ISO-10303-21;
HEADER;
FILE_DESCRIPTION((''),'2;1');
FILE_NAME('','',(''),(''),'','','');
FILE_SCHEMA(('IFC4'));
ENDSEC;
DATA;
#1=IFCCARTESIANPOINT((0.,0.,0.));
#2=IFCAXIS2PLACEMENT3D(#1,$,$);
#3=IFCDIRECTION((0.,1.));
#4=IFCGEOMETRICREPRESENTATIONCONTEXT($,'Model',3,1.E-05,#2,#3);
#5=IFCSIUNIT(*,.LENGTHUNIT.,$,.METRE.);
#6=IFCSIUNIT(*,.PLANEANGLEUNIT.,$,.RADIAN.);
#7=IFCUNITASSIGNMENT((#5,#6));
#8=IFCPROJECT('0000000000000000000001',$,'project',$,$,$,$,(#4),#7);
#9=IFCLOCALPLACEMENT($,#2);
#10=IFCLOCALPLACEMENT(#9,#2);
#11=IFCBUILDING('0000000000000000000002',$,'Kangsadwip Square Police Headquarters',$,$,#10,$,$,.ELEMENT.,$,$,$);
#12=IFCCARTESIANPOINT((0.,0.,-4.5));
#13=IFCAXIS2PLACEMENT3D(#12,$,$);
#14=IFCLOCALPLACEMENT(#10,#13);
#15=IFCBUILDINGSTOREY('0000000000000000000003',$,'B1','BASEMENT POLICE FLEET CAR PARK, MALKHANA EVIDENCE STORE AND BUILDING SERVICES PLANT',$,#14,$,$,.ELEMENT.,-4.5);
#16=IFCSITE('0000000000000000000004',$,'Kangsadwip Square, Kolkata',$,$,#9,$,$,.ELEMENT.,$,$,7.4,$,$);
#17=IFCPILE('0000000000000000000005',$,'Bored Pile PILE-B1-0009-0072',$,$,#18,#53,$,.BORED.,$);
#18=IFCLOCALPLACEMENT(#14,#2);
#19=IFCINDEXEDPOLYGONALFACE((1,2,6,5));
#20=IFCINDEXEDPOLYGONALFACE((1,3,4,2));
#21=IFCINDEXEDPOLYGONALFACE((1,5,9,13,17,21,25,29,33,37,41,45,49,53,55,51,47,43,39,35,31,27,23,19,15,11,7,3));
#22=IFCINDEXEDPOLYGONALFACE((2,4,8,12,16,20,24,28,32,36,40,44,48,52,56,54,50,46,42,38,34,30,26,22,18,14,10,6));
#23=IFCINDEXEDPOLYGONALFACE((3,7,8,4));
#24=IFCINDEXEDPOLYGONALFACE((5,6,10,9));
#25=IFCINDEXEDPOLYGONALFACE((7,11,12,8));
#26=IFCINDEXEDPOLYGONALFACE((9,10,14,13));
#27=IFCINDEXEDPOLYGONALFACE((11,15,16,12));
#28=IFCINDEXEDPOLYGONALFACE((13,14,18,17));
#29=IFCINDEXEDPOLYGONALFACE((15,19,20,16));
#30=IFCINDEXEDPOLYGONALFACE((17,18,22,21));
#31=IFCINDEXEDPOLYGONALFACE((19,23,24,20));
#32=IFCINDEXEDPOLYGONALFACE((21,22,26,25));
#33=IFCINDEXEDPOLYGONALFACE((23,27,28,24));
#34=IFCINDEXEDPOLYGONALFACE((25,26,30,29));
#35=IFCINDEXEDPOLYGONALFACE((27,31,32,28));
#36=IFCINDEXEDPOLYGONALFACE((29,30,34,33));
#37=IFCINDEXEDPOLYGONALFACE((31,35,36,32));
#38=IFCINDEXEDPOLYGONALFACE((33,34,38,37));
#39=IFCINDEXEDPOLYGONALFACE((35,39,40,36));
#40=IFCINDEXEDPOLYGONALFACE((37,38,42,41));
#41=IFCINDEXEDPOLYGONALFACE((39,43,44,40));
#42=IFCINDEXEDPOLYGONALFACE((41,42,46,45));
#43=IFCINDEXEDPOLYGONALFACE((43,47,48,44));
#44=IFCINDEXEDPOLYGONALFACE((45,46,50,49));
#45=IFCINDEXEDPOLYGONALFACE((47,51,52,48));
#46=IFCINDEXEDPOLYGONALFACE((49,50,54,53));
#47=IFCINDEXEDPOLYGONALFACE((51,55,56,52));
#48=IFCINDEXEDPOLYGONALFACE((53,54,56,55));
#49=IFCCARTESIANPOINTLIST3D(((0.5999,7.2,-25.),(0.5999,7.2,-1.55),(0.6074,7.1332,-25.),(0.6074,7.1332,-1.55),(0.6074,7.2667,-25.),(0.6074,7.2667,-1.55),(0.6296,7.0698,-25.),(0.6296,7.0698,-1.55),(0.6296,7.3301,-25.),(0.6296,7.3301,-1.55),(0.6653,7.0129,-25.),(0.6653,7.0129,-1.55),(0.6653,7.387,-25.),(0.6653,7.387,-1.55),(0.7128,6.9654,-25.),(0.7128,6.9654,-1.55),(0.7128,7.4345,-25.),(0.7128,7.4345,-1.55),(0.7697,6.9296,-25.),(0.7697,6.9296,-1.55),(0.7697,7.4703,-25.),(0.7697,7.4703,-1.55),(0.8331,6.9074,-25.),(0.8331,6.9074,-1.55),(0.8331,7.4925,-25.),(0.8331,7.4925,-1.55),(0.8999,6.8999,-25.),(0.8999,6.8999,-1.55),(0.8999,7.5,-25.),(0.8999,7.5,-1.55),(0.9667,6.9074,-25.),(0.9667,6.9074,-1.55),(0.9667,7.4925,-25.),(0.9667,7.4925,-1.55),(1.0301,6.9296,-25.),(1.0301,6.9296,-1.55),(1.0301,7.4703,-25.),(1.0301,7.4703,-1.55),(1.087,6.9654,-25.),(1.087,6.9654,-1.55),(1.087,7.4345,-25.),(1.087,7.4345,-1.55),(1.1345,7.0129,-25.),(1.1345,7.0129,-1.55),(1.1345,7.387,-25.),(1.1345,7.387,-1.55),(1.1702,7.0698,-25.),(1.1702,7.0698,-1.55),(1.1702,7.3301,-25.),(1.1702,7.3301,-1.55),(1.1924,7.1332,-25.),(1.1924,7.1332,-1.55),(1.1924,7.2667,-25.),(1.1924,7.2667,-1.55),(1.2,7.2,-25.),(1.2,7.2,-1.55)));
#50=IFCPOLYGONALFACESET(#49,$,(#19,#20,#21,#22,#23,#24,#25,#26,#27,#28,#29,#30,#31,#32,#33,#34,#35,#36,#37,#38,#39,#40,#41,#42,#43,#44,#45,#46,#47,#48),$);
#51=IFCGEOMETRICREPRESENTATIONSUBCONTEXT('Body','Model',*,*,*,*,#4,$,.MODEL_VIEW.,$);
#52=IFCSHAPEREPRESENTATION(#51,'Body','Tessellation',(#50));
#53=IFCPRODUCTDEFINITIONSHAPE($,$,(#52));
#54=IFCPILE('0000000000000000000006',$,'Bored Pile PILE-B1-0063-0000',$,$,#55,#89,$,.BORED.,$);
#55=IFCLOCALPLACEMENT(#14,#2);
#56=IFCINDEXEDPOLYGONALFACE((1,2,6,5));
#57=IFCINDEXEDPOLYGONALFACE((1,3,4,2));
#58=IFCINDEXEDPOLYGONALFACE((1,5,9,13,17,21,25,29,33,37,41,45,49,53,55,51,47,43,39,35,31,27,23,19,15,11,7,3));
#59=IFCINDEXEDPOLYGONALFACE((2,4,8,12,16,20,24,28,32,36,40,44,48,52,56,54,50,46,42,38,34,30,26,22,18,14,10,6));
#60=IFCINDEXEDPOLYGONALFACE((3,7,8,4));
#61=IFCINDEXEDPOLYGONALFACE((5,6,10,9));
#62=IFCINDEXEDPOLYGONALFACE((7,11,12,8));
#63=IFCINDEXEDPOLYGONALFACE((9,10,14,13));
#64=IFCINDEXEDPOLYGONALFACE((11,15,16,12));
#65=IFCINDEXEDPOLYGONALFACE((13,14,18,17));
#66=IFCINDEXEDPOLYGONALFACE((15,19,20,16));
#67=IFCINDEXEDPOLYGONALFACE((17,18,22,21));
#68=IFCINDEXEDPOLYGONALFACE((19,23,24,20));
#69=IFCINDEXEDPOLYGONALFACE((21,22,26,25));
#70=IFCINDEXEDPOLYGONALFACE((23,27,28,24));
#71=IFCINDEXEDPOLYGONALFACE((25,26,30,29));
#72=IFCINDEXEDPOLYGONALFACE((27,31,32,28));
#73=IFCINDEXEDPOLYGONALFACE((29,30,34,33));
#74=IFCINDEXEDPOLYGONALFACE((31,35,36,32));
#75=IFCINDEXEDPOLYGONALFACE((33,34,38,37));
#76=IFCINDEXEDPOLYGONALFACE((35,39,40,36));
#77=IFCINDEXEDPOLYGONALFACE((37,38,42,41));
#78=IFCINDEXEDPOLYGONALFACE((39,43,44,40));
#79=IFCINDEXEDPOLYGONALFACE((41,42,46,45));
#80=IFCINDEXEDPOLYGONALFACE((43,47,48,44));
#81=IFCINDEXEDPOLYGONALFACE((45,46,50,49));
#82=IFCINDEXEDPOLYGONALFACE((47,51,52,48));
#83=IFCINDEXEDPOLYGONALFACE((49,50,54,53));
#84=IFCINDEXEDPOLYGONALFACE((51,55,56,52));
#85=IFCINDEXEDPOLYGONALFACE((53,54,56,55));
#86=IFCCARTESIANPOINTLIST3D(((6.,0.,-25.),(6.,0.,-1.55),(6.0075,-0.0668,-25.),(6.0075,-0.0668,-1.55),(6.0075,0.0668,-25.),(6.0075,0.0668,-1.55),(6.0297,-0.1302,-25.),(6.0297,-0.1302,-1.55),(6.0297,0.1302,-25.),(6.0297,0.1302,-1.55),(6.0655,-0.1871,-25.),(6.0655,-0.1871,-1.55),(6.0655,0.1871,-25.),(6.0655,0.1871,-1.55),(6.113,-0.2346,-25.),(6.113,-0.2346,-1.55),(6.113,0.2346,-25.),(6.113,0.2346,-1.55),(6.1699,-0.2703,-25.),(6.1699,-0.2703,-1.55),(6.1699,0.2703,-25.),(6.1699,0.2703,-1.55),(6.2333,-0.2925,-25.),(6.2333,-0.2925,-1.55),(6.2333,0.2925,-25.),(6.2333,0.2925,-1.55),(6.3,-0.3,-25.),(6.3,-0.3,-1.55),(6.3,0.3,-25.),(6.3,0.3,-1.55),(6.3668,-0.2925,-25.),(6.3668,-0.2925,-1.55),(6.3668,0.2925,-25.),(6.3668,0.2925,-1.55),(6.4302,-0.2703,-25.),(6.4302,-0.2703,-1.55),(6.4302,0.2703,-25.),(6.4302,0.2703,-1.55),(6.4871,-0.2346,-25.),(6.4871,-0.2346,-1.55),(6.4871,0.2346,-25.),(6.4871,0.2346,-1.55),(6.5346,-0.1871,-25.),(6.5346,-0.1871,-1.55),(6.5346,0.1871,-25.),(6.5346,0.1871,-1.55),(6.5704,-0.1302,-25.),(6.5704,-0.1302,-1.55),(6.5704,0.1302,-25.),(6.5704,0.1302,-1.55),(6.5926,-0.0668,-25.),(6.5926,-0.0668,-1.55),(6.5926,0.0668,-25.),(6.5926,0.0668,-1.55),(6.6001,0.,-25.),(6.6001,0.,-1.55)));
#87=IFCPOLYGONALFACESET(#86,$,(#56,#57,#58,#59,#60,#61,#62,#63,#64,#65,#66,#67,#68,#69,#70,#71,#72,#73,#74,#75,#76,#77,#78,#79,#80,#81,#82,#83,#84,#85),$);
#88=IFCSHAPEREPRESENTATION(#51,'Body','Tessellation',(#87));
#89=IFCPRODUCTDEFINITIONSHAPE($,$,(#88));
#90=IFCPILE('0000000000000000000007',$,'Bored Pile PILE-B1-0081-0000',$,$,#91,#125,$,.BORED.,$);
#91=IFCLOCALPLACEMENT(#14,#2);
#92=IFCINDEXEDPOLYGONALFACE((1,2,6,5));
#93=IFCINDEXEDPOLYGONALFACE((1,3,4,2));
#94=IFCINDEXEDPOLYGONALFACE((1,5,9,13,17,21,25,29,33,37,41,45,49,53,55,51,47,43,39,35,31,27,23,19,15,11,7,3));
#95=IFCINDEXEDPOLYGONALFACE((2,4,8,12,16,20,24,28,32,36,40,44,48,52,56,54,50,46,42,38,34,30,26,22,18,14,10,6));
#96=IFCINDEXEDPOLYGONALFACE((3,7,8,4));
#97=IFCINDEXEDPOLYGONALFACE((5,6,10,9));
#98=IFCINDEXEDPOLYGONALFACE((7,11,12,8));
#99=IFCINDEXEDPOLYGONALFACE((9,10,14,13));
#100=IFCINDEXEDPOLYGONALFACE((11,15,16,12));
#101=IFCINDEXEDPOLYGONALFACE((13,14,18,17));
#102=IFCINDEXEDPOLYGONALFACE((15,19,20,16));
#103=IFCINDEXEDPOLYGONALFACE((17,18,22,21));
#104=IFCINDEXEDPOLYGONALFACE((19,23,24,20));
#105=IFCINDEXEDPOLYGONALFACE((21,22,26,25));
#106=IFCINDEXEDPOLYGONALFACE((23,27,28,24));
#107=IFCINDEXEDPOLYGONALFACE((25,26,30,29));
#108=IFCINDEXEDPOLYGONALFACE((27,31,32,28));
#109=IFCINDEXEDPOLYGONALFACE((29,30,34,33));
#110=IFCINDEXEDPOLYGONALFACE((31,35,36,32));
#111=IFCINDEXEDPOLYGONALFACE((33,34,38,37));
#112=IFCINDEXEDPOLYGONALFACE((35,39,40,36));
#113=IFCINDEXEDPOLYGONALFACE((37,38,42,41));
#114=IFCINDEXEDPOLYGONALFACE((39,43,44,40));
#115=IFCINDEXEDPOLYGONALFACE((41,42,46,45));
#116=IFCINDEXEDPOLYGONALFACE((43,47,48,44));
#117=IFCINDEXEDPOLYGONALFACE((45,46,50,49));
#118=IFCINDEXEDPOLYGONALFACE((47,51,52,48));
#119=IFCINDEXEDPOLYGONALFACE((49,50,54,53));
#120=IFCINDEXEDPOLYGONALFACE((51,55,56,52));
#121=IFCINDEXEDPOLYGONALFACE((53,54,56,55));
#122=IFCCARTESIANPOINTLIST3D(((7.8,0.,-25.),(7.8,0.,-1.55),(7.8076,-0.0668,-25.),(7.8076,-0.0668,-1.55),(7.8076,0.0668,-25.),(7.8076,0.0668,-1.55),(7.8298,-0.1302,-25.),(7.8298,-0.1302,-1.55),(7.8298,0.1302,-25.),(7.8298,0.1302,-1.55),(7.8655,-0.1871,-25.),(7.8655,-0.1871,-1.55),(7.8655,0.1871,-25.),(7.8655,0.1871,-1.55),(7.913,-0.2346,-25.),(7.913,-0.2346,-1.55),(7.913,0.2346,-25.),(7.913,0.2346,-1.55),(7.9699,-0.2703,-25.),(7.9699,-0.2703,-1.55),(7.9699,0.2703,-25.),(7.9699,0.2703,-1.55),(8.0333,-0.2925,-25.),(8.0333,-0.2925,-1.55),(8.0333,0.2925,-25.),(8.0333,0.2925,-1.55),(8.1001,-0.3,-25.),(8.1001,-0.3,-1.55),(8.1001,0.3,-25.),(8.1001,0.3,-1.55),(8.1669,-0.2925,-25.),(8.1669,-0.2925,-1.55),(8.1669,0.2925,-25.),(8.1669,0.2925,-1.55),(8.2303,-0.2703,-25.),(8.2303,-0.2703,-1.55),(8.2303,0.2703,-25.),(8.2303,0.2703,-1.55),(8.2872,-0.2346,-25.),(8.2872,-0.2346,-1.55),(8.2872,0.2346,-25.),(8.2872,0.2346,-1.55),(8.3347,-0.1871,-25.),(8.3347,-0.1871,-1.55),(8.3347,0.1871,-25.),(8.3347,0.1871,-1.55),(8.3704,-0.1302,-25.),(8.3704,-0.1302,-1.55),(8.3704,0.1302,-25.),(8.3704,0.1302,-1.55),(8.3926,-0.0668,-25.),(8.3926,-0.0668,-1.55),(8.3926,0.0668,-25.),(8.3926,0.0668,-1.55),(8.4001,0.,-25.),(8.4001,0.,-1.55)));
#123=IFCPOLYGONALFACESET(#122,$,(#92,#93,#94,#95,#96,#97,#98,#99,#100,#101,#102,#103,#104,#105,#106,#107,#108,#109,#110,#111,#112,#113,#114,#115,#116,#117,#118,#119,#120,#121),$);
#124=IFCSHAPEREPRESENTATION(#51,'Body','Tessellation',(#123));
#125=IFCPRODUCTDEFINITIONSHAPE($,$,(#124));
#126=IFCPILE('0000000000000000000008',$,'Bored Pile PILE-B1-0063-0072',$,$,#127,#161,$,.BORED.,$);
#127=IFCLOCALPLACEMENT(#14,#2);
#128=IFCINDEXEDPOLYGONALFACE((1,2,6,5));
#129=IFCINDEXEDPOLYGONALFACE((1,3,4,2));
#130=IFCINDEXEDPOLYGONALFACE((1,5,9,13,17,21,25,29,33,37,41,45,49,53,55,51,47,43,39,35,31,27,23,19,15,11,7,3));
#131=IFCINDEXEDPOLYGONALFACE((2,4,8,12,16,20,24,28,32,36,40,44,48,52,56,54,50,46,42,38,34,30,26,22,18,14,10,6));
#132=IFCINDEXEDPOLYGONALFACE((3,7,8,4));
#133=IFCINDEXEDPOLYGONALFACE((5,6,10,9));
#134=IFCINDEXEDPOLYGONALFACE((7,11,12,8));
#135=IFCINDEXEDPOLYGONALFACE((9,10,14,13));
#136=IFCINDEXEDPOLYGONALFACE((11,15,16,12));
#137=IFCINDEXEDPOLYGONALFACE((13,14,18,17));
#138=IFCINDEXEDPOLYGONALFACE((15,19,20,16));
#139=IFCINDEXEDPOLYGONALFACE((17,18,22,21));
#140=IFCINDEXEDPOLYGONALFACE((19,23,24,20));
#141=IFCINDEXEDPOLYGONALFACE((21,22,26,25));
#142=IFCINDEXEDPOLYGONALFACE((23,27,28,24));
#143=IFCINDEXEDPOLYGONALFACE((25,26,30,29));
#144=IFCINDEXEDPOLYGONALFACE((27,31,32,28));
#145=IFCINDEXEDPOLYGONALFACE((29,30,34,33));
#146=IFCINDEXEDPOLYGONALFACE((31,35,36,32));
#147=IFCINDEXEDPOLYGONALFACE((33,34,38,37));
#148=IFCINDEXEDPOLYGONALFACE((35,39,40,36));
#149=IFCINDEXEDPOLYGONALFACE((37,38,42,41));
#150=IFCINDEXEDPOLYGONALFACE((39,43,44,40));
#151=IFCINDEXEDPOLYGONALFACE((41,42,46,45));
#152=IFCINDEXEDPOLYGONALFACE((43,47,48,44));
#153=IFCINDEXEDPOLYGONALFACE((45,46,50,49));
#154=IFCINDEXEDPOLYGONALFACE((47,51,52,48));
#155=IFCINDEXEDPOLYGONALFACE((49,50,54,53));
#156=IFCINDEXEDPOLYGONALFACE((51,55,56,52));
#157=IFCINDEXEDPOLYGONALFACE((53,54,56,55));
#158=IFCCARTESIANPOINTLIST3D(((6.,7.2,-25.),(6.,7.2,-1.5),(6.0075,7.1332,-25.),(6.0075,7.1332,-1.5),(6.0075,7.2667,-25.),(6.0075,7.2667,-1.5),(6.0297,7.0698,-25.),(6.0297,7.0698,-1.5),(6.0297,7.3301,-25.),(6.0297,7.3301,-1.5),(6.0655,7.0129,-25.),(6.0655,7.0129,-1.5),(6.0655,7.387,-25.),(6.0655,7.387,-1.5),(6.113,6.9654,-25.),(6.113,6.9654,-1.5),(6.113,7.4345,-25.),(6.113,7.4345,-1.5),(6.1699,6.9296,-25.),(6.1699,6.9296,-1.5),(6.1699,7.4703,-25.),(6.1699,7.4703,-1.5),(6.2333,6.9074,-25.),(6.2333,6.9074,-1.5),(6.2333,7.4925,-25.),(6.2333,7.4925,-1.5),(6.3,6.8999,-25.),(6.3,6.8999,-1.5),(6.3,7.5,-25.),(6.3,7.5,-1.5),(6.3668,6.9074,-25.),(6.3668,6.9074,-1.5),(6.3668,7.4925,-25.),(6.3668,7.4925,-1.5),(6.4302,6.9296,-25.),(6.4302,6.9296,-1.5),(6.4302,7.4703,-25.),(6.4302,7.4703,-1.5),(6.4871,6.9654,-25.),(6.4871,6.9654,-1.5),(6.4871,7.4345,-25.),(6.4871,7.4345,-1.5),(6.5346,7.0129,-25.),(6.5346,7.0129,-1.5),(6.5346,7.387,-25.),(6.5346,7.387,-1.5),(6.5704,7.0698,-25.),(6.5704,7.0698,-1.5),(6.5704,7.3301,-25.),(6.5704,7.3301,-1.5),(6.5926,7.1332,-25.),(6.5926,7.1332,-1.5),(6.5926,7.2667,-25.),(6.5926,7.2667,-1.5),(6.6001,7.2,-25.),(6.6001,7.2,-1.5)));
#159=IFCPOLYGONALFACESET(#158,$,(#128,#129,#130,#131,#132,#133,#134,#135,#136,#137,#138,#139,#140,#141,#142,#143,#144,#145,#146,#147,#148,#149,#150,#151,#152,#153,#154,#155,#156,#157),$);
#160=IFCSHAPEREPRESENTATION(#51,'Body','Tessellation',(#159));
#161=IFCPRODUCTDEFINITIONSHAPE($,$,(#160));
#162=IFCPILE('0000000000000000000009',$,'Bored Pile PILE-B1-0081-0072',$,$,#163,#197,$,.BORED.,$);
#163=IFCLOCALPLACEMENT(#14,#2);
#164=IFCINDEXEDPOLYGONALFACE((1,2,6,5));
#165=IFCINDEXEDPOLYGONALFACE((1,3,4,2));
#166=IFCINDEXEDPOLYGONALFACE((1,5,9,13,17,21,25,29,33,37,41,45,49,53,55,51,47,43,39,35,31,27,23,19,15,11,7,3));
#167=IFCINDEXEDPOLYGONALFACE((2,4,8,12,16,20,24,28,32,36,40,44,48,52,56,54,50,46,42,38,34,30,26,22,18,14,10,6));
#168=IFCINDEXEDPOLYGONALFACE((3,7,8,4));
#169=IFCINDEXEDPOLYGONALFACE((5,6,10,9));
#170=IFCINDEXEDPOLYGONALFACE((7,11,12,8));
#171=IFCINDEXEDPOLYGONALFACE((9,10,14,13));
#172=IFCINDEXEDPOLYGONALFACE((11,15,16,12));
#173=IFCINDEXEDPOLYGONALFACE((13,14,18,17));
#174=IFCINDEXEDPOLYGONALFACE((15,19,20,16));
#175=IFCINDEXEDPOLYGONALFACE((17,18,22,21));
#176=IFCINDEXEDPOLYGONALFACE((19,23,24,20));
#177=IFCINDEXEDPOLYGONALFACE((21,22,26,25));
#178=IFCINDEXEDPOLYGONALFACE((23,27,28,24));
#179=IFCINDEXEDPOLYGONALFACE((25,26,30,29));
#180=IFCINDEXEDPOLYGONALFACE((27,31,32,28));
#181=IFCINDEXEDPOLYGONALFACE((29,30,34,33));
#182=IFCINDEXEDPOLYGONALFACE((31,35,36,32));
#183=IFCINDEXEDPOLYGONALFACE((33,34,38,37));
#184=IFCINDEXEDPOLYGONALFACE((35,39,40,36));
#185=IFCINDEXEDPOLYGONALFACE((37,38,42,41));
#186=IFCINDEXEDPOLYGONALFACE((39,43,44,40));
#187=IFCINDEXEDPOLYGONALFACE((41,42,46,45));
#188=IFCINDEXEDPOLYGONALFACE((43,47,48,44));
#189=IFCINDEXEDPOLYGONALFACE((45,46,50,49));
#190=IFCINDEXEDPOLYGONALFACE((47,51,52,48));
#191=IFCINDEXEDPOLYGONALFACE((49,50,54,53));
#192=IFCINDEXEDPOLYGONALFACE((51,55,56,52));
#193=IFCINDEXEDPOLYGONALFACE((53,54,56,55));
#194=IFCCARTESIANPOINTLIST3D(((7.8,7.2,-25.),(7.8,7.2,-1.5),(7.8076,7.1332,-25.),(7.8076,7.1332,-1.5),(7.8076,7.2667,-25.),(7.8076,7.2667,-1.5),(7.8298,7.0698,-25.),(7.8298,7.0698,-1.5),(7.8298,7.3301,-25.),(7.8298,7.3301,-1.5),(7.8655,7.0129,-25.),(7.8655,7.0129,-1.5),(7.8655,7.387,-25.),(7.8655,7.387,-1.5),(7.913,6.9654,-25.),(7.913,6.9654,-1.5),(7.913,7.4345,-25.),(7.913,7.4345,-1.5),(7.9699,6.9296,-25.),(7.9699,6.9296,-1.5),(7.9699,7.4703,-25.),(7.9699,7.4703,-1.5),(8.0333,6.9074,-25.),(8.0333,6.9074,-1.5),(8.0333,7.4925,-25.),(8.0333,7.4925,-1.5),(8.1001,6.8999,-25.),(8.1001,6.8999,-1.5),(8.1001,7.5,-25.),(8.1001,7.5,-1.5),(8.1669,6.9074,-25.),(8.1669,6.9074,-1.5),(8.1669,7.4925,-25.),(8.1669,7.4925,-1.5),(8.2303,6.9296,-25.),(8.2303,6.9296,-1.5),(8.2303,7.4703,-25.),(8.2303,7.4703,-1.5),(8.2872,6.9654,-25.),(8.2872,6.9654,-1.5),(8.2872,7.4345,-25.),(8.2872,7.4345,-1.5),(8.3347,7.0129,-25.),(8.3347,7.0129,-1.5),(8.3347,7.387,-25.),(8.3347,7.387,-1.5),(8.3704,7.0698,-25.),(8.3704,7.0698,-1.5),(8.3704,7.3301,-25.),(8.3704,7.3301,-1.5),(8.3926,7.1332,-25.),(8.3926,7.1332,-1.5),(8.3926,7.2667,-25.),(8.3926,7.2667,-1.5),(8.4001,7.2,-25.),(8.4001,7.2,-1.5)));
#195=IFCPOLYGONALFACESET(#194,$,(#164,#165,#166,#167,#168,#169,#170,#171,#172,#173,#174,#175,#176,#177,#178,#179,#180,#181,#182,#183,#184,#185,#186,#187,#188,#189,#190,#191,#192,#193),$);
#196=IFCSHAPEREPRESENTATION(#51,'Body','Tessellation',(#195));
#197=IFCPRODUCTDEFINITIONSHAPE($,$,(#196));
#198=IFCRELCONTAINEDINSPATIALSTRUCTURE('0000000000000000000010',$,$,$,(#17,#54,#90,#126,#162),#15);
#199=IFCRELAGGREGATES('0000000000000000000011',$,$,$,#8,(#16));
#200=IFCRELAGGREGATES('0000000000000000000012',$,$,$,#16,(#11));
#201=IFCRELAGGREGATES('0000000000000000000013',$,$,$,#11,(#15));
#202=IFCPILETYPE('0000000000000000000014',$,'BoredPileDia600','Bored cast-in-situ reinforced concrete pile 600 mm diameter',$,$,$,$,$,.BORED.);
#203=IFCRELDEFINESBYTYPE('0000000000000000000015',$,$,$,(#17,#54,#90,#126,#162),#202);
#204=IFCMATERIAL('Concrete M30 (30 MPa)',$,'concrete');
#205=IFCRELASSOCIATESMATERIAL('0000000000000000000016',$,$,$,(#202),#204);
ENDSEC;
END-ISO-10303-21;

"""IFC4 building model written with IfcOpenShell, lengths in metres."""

from ifc_helpers import new_model, si_unit, direction, frame, origin, origin_2d, place, context, subcontext, project, spatial, circle, extrude, material, material_profile, profile_set, type_object, element, save


model = new_model("IFC4")

# Units and contexts
model_context = context("Model", 3, precision=1e-05, world=origin(), true_north=direction((0.0, 1.0)))
body_context = subcontext(model_context, "Body", "Model", "MODEL_VIEW")
ifc_project = project(units=[si_unit("LENGTHUNIT", "METRE"), si_unit("PLANEANGLEUNIT", "RADIAN")], contexts=[model_context])

# Site, building, storey
site_placement = place(None, origin())
site = spatial("IfcSite", under=ifc_project, at=site_placement, Name="Kangsadwip Square, Kolkata", CompositionType="ELEMENT", RefElevation=7.4)
building_placement = place(site_placement, origin())
building = spatial("IfcBuilding", under=site, at=building_placement, Name="Kangsadwip Square Police Headquarters", CompositionType="ELEMENT")
storey_placement = place(building_placement, frame((0.0, 0.0, -4.5)))
storey = spatial("IfcBuildingStorey", under=building, at=storey_placement, Name="B1", Description="BASEMENT POLICE FLEET CAR PARK, MALKHANA EVIDENCE STORE AND BUILDING SERVICES PLANT", CompositionType="ELEMENT", Elevation=-4.5)

# Piles
ifc_material_1 = material(Name="Concrete M30 (30 MPa)", Category="concrete")
ifc_material_profile_1 = material_profile(ifc_material_1, circle(Radius=0.3, at=origin_2d()), Name="PILE DIA 600")
ifc_profile_set_1 = profile_set([ifc_material_profile_1], Name="Concrete M30 (30 MPa)")
pile_type = type_object("IfcPileType", Name="BoredPileDia600", Description="Bored cast-in-situ reinforced concrete pile 600 mm diameter", PredefinedType="BORED", material=ifc_profile_set_1)
for number, where, z_axis, x_axis, name in (
    (1, (0.8999, 7.2, -1.55), (0.0, 0.0, -1.0), (1.0, 0.0, 0.0), "Bored Pile PILE-B1-0009-0072"),
    (2, (6.3, 0.0, -1.55), (0.0, 0.0, -1.0), (1.0, 0.0, 0.0), "Bored Pile PILE-B1-0063-0000"),
    (3, (8.1001, 0.0, -1.55), (0.0, 0.0, -1.0), (1.0, 0.0, 0.0), "Bored Pile PILE-B1-0081-0000"),
):
    element("IfcPile", number, at=place(storey_placement, frame(where, z_axis=z_axis, x_axis=x_axis)), inside=storey, type_object=pile_type, Name=name, PredefinedType="BORED", context=body_context, shape_type="SweptSolid", body=[
        extrude(circle(Radius=0.3, at=origin_2d()), origin(), (0.0, 0.0, 1.0), 23.45),
    ])
for number, where, z_axis, x_axis, name in (
    (4, (6.3, 7.2, -1.5), (0.0, 0.0, -1.0), (1.0, 0.0, 0.0), "Bored Pile PILE-B1-0063-0072"),
    (5, (8.1001, 7.2, -1.5), (0.0, 0.0, -1.0), (1.0, 0.0, 0.0), "Bored Pile PILE-B1-0081-0072"),
):
    element("IfcPile", number, at=place(storey_placement, frame(where, z_axis=z_axis, x_axis=x_axis)), inside=storey, type_object=pile_type, Name=name, PredefinedType="BORED", context=body_context, shape_type="SweptSolid", body=[
        extrude(circle(Radius=0.3, at=origin_2d()), origin(), (0.0, 0.0, 1.0), 23.5),
    ])

save(model, "model.ifc")
